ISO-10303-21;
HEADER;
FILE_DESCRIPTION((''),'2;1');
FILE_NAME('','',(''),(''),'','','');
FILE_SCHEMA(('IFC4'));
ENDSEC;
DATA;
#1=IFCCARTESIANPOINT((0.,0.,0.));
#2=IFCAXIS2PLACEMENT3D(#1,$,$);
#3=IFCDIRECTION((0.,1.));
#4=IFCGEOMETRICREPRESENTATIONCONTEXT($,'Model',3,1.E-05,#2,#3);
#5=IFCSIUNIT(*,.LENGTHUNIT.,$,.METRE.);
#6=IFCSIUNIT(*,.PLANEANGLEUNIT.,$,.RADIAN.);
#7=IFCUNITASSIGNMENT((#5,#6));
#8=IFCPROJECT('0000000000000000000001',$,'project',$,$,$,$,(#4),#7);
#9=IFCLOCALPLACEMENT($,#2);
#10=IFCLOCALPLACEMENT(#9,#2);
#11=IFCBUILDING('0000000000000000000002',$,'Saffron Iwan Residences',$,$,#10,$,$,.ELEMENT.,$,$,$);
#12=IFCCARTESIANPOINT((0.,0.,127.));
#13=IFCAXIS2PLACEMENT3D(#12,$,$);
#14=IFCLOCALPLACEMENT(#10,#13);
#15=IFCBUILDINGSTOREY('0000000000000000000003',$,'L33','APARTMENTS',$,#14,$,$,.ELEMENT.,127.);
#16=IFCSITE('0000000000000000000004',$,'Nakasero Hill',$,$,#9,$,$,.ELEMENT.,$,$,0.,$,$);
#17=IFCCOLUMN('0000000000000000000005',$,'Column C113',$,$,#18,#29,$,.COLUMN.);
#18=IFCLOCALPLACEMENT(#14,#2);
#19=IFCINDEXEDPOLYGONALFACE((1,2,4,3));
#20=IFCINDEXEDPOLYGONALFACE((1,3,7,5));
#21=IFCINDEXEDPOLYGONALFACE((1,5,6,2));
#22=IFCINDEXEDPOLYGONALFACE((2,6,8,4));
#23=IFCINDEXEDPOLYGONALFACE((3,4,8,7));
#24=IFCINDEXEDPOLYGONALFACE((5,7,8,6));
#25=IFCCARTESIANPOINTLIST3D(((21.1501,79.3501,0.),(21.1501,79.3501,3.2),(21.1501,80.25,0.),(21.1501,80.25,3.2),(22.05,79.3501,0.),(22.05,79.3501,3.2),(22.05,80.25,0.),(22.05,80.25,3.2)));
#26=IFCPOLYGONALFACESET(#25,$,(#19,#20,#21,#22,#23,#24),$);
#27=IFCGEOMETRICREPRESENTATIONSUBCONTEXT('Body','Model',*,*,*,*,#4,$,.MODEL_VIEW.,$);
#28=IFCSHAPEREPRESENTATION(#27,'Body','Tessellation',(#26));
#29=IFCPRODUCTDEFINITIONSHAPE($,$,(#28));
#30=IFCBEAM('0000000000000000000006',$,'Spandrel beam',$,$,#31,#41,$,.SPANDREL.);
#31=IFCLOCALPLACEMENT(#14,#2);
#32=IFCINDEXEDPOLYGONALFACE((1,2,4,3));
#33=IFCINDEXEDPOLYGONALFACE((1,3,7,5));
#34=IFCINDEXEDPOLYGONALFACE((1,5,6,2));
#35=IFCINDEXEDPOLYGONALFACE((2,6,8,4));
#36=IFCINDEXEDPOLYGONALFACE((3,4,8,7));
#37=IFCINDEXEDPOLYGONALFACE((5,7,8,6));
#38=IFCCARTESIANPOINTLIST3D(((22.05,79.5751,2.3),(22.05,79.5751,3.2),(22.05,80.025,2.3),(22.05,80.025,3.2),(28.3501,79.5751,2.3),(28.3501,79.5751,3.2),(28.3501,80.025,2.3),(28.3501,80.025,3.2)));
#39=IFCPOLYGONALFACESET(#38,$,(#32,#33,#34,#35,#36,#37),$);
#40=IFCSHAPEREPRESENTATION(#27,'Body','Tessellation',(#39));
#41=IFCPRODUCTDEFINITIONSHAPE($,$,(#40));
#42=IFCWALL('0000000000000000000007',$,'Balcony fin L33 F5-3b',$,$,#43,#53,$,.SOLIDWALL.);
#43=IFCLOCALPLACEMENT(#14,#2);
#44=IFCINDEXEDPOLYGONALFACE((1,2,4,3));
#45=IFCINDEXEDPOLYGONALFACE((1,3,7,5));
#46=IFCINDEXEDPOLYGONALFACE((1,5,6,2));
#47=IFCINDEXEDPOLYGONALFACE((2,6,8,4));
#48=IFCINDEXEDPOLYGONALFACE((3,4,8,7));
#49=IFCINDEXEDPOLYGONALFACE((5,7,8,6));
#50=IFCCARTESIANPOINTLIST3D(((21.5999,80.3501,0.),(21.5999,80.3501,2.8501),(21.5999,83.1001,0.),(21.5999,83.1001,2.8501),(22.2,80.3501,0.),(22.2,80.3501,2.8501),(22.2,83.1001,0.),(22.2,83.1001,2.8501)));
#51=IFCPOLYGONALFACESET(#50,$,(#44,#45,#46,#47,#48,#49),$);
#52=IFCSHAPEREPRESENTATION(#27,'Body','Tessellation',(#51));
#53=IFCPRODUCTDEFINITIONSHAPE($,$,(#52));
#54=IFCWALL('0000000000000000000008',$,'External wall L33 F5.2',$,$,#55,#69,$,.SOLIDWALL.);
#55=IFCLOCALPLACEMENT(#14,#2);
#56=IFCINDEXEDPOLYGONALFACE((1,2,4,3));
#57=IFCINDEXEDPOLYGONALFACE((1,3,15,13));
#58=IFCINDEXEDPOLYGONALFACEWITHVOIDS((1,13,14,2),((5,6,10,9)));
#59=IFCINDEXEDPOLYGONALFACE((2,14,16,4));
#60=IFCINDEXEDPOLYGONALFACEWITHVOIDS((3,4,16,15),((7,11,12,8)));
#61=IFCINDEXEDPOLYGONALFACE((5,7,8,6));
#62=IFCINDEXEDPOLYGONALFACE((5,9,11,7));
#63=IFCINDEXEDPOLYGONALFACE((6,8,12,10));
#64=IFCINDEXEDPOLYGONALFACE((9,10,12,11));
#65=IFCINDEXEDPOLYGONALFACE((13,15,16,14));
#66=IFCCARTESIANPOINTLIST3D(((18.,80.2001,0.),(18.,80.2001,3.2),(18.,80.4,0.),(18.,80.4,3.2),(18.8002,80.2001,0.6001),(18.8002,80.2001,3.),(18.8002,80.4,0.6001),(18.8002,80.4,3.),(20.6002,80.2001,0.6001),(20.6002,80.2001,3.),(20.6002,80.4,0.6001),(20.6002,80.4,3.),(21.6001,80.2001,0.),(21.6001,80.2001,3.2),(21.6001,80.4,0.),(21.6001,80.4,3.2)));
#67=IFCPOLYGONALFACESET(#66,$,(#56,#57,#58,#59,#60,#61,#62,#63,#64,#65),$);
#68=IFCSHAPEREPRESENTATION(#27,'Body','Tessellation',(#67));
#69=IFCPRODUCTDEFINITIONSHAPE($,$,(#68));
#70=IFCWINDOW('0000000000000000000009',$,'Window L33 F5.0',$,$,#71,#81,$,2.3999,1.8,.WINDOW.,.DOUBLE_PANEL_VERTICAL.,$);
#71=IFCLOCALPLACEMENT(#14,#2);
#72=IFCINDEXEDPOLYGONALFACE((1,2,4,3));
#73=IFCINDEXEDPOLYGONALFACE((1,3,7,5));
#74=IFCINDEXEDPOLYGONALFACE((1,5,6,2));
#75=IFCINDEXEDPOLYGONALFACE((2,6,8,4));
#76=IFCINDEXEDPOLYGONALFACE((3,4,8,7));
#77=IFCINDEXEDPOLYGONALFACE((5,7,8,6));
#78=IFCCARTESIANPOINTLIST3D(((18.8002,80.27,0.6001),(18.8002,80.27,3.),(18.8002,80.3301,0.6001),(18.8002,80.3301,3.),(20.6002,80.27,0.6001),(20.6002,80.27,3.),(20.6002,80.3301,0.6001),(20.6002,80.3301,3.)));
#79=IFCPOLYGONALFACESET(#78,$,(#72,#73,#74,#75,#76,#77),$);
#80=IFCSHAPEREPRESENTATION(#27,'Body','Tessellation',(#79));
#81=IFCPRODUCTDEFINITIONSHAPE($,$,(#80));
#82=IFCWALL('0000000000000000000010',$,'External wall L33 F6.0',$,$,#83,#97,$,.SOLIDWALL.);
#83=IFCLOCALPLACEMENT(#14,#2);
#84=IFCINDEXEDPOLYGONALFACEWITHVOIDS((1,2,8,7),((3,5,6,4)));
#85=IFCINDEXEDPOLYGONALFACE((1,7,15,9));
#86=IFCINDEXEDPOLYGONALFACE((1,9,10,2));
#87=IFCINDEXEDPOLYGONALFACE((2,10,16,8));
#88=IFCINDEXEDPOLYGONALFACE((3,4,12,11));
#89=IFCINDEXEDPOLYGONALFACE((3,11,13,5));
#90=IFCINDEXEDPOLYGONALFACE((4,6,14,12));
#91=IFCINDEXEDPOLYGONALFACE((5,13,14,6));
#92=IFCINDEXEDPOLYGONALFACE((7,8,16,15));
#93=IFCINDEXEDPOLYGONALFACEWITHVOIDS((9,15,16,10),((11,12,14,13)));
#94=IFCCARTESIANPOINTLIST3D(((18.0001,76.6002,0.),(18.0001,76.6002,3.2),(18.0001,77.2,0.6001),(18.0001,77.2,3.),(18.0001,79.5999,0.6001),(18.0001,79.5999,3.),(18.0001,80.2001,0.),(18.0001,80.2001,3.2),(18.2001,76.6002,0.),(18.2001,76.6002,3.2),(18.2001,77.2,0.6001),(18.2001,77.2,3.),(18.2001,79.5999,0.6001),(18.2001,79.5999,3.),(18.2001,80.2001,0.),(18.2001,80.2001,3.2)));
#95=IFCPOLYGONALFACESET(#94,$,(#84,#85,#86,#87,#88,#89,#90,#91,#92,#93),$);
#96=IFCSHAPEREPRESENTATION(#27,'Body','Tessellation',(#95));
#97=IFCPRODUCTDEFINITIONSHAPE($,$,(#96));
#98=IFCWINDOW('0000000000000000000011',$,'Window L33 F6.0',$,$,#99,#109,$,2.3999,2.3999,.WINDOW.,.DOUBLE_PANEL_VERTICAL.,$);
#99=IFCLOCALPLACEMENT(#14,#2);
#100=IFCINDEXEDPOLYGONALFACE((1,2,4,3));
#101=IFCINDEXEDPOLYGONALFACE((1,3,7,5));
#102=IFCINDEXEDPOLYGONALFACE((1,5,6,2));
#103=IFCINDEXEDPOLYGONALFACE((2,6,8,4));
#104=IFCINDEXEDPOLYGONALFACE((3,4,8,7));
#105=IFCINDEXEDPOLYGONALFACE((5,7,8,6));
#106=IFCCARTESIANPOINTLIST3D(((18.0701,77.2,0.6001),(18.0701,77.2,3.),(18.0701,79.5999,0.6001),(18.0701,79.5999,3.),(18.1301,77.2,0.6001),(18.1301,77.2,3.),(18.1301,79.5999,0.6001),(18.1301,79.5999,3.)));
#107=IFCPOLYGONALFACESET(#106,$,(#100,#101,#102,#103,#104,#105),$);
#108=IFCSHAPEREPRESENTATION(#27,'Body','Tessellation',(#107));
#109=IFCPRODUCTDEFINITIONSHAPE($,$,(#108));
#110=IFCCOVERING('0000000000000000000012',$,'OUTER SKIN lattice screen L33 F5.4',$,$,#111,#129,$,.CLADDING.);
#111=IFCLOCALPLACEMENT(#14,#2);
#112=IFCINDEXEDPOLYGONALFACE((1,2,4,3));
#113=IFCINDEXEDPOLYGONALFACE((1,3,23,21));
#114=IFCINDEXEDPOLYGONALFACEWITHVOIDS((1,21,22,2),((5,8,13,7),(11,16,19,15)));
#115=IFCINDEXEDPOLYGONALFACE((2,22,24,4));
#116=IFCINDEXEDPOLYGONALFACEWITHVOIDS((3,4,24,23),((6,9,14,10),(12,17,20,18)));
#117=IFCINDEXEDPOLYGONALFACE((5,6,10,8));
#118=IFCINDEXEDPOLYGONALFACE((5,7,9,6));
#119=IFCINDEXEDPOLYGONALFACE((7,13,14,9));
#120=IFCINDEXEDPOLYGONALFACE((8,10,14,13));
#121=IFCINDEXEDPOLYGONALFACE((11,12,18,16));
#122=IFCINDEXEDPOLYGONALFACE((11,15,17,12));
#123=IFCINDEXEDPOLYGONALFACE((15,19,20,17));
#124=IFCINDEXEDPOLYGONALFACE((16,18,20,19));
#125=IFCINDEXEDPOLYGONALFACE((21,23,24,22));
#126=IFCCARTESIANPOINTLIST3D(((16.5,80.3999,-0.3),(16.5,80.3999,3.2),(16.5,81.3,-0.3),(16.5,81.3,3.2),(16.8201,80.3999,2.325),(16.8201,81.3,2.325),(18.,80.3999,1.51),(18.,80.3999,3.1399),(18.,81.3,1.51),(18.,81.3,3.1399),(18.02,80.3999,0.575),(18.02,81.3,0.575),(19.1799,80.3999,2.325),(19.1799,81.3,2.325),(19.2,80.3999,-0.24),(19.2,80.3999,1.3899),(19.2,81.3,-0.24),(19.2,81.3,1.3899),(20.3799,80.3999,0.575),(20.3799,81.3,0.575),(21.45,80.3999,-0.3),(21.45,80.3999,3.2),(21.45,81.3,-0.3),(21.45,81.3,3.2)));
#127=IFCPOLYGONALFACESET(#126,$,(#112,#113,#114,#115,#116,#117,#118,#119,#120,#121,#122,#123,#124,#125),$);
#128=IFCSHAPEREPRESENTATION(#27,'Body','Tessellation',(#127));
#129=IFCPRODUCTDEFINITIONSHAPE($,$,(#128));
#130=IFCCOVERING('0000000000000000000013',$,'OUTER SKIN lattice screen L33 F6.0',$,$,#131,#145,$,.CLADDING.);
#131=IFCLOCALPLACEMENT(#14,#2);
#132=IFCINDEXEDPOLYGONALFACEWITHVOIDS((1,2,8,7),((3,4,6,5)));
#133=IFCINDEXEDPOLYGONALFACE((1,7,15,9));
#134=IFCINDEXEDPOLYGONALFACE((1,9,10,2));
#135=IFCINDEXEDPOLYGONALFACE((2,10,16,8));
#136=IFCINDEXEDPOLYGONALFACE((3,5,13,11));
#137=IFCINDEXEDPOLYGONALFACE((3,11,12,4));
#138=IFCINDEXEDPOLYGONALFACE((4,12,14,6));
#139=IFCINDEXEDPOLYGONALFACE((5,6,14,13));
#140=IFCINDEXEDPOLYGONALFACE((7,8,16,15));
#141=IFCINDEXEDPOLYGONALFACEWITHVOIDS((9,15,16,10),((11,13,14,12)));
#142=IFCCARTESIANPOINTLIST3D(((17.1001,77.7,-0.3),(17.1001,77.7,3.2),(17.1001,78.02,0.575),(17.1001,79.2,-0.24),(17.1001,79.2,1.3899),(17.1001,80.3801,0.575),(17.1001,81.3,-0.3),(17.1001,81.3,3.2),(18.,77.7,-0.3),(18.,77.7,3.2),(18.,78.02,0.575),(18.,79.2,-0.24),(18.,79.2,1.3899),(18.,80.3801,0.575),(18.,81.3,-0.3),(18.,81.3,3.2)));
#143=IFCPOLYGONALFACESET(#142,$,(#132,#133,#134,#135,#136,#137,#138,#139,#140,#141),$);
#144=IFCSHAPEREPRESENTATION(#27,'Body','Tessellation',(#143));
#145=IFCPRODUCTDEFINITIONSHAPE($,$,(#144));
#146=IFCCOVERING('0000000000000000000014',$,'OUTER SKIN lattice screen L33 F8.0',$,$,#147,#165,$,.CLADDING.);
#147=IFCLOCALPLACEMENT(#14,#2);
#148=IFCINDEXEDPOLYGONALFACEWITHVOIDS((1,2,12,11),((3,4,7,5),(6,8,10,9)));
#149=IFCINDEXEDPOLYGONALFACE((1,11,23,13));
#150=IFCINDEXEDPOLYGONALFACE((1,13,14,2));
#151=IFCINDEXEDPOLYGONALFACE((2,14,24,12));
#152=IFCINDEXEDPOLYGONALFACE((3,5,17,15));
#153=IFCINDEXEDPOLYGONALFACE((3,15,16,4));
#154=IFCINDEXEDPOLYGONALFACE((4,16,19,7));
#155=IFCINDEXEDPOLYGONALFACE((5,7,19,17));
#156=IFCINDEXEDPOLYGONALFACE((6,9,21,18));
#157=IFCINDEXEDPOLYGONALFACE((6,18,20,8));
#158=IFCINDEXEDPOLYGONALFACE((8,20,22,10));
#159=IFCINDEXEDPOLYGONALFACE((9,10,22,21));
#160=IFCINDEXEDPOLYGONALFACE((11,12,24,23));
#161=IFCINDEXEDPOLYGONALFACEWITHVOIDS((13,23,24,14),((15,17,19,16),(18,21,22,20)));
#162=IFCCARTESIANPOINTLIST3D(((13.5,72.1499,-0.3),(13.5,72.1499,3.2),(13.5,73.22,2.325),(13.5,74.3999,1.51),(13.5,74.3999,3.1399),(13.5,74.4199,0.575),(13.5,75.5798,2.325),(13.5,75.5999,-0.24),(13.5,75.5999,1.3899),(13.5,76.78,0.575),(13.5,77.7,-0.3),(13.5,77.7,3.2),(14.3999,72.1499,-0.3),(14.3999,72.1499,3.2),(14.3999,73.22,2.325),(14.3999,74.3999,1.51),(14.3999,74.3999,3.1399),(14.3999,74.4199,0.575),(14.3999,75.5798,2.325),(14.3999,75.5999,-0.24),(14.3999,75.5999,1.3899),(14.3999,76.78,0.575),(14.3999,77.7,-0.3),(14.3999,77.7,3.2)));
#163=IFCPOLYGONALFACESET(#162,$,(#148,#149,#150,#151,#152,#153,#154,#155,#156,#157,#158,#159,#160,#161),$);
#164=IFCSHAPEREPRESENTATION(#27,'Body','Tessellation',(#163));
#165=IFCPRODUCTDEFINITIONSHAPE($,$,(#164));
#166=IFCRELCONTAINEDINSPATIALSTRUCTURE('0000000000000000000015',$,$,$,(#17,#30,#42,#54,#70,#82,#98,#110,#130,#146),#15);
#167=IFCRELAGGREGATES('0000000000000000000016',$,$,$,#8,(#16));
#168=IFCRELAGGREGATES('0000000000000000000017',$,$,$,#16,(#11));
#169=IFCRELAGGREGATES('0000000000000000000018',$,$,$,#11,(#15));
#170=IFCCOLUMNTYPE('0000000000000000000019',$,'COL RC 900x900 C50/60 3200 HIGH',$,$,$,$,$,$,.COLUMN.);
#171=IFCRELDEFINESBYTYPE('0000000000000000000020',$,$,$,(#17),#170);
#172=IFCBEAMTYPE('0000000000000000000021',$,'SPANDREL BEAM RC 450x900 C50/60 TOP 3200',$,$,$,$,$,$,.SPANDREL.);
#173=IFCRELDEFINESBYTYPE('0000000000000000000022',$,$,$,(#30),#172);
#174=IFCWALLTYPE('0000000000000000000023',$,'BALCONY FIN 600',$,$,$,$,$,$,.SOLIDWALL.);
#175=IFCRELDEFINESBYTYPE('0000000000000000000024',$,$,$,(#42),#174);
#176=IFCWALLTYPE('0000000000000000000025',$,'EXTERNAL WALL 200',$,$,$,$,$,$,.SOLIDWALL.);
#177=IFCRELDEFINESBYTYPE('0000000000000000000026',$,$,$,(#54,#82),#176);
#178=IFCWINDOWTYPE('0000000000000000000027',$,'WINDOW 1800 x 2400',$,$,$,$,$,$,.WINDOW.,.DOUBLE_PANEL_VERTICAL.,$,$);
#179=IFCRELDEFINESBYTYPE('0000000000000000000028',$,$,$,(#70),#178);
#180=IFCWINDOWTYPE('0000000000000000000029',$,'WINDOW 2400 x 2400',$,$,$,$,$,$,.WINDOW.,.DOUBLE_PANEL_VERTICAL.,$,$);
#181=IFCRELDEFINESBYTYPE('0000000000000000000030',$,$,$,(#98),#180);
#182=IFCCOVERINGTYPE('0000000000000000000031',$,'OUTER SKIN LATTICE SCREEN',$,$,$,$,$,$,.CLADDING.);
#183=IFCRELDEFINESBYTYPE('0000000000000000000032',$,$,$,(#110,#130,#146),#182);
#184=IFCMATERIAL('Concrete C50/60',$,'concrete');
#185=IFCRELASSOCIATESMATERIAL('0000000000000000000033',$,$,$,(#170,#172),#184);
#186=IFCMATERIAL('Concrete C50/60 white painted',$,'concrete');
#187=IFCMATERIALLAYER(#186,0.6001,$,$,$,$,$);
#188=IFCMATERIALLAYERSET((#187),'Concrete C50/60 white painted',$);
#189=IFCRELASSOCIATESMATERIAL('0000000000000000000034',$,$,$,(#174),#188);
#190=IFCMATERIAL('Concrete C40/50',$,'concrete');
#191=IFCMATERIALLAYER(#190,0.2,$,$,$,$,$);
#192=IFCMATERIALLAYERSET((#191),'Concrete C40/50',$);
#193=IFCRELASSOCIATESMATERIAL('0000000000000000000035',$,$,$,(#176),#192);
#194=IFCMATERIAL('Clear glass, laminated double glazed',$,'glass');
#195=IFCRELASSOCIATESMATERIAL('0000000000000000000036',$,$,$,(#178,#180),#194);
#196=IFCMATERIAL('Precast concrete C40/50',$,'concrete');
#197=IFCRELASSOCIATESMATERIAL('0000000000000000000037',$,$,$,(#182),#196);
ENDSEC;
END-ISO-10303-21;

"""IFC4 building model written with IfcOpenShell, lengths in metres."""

from ifc_helpers import new_model, si_unit, direction, frame, frame_2d, origin, origin_2d, place, context, subcontext, project, spatial, polyline, rectangle, outline, extrude, source, transform, mapped, material, layer, layer_set, material_profile, profile_set, type_object, element, fill, save


model = new_model("IFC4")

# Units and contexts
model_context = context("Model", 3, precision=1e-05, world=origin(), true_north=direction((0.0, 1.0)))
body_context = subcontext(model_context, "Body", "Model", "MODEL_VIEW")
ifc_project = project(units=[si_unit("LENGTHUNIT", "METRE"), si_unit("PLANEANGLEUNIT", "RADIAN")], contexts=[model_context])

# Site, building, storey
site_placement = place(None, origin())
site = spatial("IfcSite", under=ifc_project, at=site_placement, Name="Nakasero Hill", CompositionType="ELEMENT", RefElevation=0.0)
building_placement = place(site_placement, origin())
building = spatial("IfcBuilding", under=site, at=building_placement, Name="Saffron Iwan Residences", CompositionType="ELEMENT")
storey_placement = place(building_placement, frame((0.0, 0.0, 127.0)))
storey = spatial("IfcBuildingStorey", under=building, at=storey_placement, Name="L33", Description="APARTMENTS", CompositionType="ELEMENT", Elevation=127.0)

# Column
ifc_material_1 = material(Name="Concrete C50/60", Category="concrete")
ifc_material_profile_1 = material_profile(ifc_material_1, rectangle(XDim=0.8999, YDim=0.8999, at=origin_2d()), Name="RC 900x900")
ifc_profile_set_1 = profile_set([ifc_material_profile_1], Name="Concrete C50/60")
column_type = type_object("IfcColumnType", Name="COL RC 900x900 C50/60 3200 HIGH", PredefinedType="COLUMN", material=ifc_profile_set_1)
shared_shape_1 = source(origin(), body_context, "Body", "SweptSolid", [
    extrude(rectangle(XDim=0.8999, YDim=0.8999, at=origin_2d()), origin(), (0.0, 0.0, 1.0), 3.2),
])
column_placement = place(storey_placement, frame((21.6001, 79.8, 0.0), z_axis=(0.0, 0.0, 1.0), x_axis=(1.0, 0.0, 0.0)))
element("IfcColumn", 1, at=column_placement, inside=storey, type_object=column_type, Name="Column C113", PredefinedType="COLUMN", context=body_context, shape_type="MappedRepresentation", body=[
    mapped(shared_shape_1, transform((0.0, 0.0, 0.0))),
])

# Beam
ifc_material_profile_2 = material_profile(ifc_material_1, rectangle(XDim=0.45, YDim=0.8999, at=origin_2d()), Name="RC 450x900")
ifc_profile_set_2 = profile_set([ifc_material_profile_2], Name="Concrete C50/60")
beam_type = type_object("IfcBeamType", Name="SPANDREL BEAM RC 450x900 C50/60 TOP 3200", PredefinedType="SPANDREL", material=ifc_profile_set_2)
shared_shape_2 = source(origin(), body_context, "Body", "SweptSolid", [
    extrude(rectangle(XDim=0.45, YDim=0.8999, at=origin_2d()), origin(), (0.0, 0.0, 1.0), 6.3),
])
beam_placement = place(storey_placement, frame((22.05, 79.8, 2.75), z_axis=(1.0, 0.0, 0.0), x_axis=(0.0, 1.0, 0.0)))
element("IfcBeam", 2, at=beam_placement, inside=storey, type_object=beam_type, Name="Spandrel beam", PredefinedType="SPANDREL", context=body_context, shape_type="MappedRepresentation", body=[
    mapped(shared_shape_2, transform((0.0, 0.0, 0.0))),
])

# Wall
ifc_material_2 = material(Name="Concrete C50/60 white painted", Category="concrete")
ifc_layer_1 = layer(ifc_material_2, 0.6001)
ifc_layer_set_1 = layer_set([ifc_layer_1], Name="Concrete C50/60 white painted")
wall_type_1 = type_object("IfcWallType", Name="BALCONY FIN 600", PredefinedType="SOLIDWALL", material=ifc_layer_set_1)
wall_1_placement = place(storey_placement, frame((21.8999, 80.3501, 0.0), z_axis=(0.0, 0.0, 1.0), x_axis=(0.0, 1.0, 0.0)))
element("IfcWall", 3, at=wall_1_placement, inside=storey, type_object=wall_type_1, Name="Balcony fin L33 F5-3b", PredefinedType="SOLIDWALL", context=body_context, shape_type="SweptSolid", body=[
    extrude(rectangle(XDim=2.75, YDim=0.6001, at=frame_2d((1.375, 0.0))), origin(), (0.0, 0.0, 1.0), 2.8501),
])

# Walls, openings, windows
ifc_material_3 = material(Name="Concrete C40/50", Category="concrete")
ifc_layer_2 = layer(ifc_material_3, 0.2)
ifc_layer_set_2 = layer_set([ifc_layer_2], Name="Concrete C40/50")
wall_type_2 = type_object("IfcWallType", Name="EXTERNAL WALL 200", PredefinedType="SOLIDWALL", material=ifc_layer_set_2)
wall_2_placement = place(storey_placement, frame((21.6001, 80.3, 0.0), z_axis=(0.0, 0.0, 1.0), x_axis=(-1.0, 0.0, 0.0)))
wall_2 = element("IfcWall", 4, at=wall_2_placement, inside=storey, type_object=wall_type_2, Name="External wall L33 F5.2", PredefinedType="SOLIDWALL", context=body_context, shape_type="SweptSolid", body=[
    extrude(rectangle(XDim=3.6001, YDim=0.2, at=frame_2d((1.8, 0.0))), origin(), (0.0, 0.0, 1.0), 3.2),
])
opening_1_placement = place(wall_2_placement, frame((1.0, 0.0, 0.6001)))
opening_1 = element("IfcOpeningElement", 5, at=opening_1_placement, cuts=wall_2, PredefinedType="OPENING", context=body_context, shape_type="SweptSolid", body=[
    extrude(rectangle(XDim=1.8, YDim=2.3999, at=frame_2d((0.8999, 1.2))), frame((0.0, 0.1099, 0.0), z_axis=(0.0, -1.0, 0.0), x_axis=(1.0, 0.0, 0.0)), (0.0, 0.0, 1.0), 0.22),
])
ifc_material_4 = material(Name="Clear glass, laminated double glazed", Category="glass")
window_type_1 = type_object("IfcWindowType", Name="WINDOW 1800 x 2400", PartitioningType="DOUBLE_PANEL_VERTICAL", PredefinedType="WINDOW", material=ifc_material_4)
window_1_placement = place(opening_1_placement, origin())
window_1 = element("IfcWindow", 6, at=window_1_placement, inside=storey, type_object=window_type_1, Name="Window L33 F5.0", OverallHeight=2.3999, OverallWidth=1.8, PartitioningType="DOUBLE_PANEL_VERTICAL", PredefinedType="WINDOW", context=body_context, shape_type="SweptSolid", body=[
    extrude(rectangle(XDim=1.8, YDim=2.3999, at=frame_2d((0.8999, 1.2))), frame((0.0, 0.03, 0.0), z_axis=(0.0, -1.0, 0.0), x_axis=(1.0, 0.0, 0.0)), (0.0, 0.0, 1.0), 0.0601),
])
fill(opening_1, window_1)
wall_3_placement = place(storey_placement, frame((18.1001, 80.2, 0.0), z_axis=(0.0, 0.0, 1.0), x_axis=(0.0, -1.0, 0.0)))
wall_3 = element("IfcWall", 7, at=wall_3_placement, inside=storey, type_object=wall_type_2, Name="External wall L33 F6.0", PredefinedType="SOLIDWALL", context=body_context, shape_type="SweptSolid", body=[
    extrude(rectangle(XDim=3.5999, YDim=0.2, at=frame_2d((1.7998, 0.0))), origin(), (0.0, 0.0, 1.0), 3.2),
])
opening_2_placement = place(wall_3_placement, frame((0.6001, 0.0, 0.6001)))
opening_2 = element("IfcOpeningElement", 8, at=opening_2_placement, cuts=wall_3, PredefinedType="OPENING", context=body_context, shape_type="SweptSolid", body=[
    extrude(rectangle(XDim=2.3999, YDim=2.3999, at=frame_2d((1.2, 1.2))), frame((0.0, 0.1099, 0.0), z_axis=(0.0, -1.0, 0.0), x_axis=(1.0, 0.0, 0.0)), (0.0, 0.0, 1.0), 0.22),
])
window_type_2 = type_object("IfcWindowType", Name="WINDOW 2400 x 2400", PartitioningType="DOUBLE_PANEL_VERTICAL", PredefinedType="WINDOW", material=ifc_material_4)
window_2_placement = place(opening_2_placement, origin())
window_2 = element("IfcWindow", 9, at=window_2_placement, inside=storey, type_object=window_type_2, Name="Window L33 F6.0", OverallHeight=2.3999, OverallWidth=2.3999, PartitioningType="DOUBLE_PANEL_VERTICAL", PredefinedType="WINDOW", context=body_context, shape_type="SweptSolid", body=[
    extrude(rectangle(XDim=2.3999, YDim=2.3999, at=frame_2d((1.2, 1.2))), frame((0.0, 0.03, 0.0), z_axis=(0.0, -1.0, 0.0), x_axis=(1.0, 0.0, 0.0)), (0.0, 0.0, 1.0), 0.0601),
])
fill(opening_2, window_2)

# Coverings
ifc_material_5 = material(Name="Precast concrete C40/50", Category="concrete")
covering_type_1 = type_object("IfcCoveringType", Name="OUTER SKIN LATTICE SCREEN", PredefinedType="CLADDING", material=ifc_material_5)
covering_1_placement = place(storey_placement, frame((21.45, 80.3999, -0.3), z_axis=(0.0, 1.0, 0.0), x_axis=(-1.0, 0.0, 0.0)))
element("IfcCovering", 10, at=covering_1_placement, inside=storey, type_object=covering_type_1, Name="OUTER SKIN lattice screen L33 F5.4", PredefinedType="CLADDING", context=body_context, shape_type="SweptSolid", body=[
    extrude(outline(polyline([(0.0, 0.0), (4.95, 0.0), (4.95, 3.5), (0.0, 3.5), (0.0, 0.0)]), holes=[polyline([(1.0701, 0.875), (2.25, 0.0601), (3.4299, 0.875), (2.25, 1.6899), (1.0701, 0.875)]), polyline([(2.27, 2.625), (3.45, 1.8101), (4.6299, 2.625), (3.45, 3.4399), (2.27, 2.625)])]), origin(), (0.0, 0.0, 1.0), 0.9001),
])
covering_2_placement = place(storey_placement, frame((18.0, 81.3, -0.3), z_axis=(-1.0, 0.0, 0.0), x_axis=(0.0, -1.0, 0.0)))
element("IfcCovering", 11, at=covering_2_placement, inside=storey, type_object=covering_type_1, Name="OUTER SKIN lattice screen L33 F6.0", PredefinedType="CLADDING", context=body_context, shape_type="SweptSolid", body=[
    extrude(outline(polyline([(0.0, 0.0), (3.6001, 0.0), (3.6001, 3.5), (0.0, 3.5), (0.0, 0.0)]), holes=[polyline([(0.9199, 0.875), (2.1001, 0.0601), (3.28, 0.875), (2.1001, 1.6899), (0.9199, 0.875)])]), origin(), (0.0, 0.0, 1.0), 0.8999),
])
covering_3_placement = place(storey_placement, frame((14.3999, 77.7, -0.3), z_axis=(-1.0, 0.0, 0.0), x_axis=(0.0, -1.0, 0.0)))
element("IfcCovering", 12, at=covering_3_placement, inside=storey, type_object=covering_type_1, Name="OUTER SKIN lattice screen L33 F8.0", PredefinedType="CLADDING", context=body_context, shape_type="SweptSolid", body=[
    extrude(outline(polyline([(0.0, 0.0), (5.55, 0.0), (5.55, 3.5), (0.0, 3.5), (0.0, 0.0)]), holes=[polyline([(0.9199, 0.875), (2.1001, 0.0601), (3.28, 0.875), (2.1001, 1.6899), (0.9199, 0.875)]), polyline([(2.1201, 2.625), (3.3, 1.8101), (4.48, 2.625), (3.3, 3.4399), (2.1201, 2.625)])]), origin(), (0.0, 0.0, 1.0), 0.8999),
])

save(model, "model.ifc")
